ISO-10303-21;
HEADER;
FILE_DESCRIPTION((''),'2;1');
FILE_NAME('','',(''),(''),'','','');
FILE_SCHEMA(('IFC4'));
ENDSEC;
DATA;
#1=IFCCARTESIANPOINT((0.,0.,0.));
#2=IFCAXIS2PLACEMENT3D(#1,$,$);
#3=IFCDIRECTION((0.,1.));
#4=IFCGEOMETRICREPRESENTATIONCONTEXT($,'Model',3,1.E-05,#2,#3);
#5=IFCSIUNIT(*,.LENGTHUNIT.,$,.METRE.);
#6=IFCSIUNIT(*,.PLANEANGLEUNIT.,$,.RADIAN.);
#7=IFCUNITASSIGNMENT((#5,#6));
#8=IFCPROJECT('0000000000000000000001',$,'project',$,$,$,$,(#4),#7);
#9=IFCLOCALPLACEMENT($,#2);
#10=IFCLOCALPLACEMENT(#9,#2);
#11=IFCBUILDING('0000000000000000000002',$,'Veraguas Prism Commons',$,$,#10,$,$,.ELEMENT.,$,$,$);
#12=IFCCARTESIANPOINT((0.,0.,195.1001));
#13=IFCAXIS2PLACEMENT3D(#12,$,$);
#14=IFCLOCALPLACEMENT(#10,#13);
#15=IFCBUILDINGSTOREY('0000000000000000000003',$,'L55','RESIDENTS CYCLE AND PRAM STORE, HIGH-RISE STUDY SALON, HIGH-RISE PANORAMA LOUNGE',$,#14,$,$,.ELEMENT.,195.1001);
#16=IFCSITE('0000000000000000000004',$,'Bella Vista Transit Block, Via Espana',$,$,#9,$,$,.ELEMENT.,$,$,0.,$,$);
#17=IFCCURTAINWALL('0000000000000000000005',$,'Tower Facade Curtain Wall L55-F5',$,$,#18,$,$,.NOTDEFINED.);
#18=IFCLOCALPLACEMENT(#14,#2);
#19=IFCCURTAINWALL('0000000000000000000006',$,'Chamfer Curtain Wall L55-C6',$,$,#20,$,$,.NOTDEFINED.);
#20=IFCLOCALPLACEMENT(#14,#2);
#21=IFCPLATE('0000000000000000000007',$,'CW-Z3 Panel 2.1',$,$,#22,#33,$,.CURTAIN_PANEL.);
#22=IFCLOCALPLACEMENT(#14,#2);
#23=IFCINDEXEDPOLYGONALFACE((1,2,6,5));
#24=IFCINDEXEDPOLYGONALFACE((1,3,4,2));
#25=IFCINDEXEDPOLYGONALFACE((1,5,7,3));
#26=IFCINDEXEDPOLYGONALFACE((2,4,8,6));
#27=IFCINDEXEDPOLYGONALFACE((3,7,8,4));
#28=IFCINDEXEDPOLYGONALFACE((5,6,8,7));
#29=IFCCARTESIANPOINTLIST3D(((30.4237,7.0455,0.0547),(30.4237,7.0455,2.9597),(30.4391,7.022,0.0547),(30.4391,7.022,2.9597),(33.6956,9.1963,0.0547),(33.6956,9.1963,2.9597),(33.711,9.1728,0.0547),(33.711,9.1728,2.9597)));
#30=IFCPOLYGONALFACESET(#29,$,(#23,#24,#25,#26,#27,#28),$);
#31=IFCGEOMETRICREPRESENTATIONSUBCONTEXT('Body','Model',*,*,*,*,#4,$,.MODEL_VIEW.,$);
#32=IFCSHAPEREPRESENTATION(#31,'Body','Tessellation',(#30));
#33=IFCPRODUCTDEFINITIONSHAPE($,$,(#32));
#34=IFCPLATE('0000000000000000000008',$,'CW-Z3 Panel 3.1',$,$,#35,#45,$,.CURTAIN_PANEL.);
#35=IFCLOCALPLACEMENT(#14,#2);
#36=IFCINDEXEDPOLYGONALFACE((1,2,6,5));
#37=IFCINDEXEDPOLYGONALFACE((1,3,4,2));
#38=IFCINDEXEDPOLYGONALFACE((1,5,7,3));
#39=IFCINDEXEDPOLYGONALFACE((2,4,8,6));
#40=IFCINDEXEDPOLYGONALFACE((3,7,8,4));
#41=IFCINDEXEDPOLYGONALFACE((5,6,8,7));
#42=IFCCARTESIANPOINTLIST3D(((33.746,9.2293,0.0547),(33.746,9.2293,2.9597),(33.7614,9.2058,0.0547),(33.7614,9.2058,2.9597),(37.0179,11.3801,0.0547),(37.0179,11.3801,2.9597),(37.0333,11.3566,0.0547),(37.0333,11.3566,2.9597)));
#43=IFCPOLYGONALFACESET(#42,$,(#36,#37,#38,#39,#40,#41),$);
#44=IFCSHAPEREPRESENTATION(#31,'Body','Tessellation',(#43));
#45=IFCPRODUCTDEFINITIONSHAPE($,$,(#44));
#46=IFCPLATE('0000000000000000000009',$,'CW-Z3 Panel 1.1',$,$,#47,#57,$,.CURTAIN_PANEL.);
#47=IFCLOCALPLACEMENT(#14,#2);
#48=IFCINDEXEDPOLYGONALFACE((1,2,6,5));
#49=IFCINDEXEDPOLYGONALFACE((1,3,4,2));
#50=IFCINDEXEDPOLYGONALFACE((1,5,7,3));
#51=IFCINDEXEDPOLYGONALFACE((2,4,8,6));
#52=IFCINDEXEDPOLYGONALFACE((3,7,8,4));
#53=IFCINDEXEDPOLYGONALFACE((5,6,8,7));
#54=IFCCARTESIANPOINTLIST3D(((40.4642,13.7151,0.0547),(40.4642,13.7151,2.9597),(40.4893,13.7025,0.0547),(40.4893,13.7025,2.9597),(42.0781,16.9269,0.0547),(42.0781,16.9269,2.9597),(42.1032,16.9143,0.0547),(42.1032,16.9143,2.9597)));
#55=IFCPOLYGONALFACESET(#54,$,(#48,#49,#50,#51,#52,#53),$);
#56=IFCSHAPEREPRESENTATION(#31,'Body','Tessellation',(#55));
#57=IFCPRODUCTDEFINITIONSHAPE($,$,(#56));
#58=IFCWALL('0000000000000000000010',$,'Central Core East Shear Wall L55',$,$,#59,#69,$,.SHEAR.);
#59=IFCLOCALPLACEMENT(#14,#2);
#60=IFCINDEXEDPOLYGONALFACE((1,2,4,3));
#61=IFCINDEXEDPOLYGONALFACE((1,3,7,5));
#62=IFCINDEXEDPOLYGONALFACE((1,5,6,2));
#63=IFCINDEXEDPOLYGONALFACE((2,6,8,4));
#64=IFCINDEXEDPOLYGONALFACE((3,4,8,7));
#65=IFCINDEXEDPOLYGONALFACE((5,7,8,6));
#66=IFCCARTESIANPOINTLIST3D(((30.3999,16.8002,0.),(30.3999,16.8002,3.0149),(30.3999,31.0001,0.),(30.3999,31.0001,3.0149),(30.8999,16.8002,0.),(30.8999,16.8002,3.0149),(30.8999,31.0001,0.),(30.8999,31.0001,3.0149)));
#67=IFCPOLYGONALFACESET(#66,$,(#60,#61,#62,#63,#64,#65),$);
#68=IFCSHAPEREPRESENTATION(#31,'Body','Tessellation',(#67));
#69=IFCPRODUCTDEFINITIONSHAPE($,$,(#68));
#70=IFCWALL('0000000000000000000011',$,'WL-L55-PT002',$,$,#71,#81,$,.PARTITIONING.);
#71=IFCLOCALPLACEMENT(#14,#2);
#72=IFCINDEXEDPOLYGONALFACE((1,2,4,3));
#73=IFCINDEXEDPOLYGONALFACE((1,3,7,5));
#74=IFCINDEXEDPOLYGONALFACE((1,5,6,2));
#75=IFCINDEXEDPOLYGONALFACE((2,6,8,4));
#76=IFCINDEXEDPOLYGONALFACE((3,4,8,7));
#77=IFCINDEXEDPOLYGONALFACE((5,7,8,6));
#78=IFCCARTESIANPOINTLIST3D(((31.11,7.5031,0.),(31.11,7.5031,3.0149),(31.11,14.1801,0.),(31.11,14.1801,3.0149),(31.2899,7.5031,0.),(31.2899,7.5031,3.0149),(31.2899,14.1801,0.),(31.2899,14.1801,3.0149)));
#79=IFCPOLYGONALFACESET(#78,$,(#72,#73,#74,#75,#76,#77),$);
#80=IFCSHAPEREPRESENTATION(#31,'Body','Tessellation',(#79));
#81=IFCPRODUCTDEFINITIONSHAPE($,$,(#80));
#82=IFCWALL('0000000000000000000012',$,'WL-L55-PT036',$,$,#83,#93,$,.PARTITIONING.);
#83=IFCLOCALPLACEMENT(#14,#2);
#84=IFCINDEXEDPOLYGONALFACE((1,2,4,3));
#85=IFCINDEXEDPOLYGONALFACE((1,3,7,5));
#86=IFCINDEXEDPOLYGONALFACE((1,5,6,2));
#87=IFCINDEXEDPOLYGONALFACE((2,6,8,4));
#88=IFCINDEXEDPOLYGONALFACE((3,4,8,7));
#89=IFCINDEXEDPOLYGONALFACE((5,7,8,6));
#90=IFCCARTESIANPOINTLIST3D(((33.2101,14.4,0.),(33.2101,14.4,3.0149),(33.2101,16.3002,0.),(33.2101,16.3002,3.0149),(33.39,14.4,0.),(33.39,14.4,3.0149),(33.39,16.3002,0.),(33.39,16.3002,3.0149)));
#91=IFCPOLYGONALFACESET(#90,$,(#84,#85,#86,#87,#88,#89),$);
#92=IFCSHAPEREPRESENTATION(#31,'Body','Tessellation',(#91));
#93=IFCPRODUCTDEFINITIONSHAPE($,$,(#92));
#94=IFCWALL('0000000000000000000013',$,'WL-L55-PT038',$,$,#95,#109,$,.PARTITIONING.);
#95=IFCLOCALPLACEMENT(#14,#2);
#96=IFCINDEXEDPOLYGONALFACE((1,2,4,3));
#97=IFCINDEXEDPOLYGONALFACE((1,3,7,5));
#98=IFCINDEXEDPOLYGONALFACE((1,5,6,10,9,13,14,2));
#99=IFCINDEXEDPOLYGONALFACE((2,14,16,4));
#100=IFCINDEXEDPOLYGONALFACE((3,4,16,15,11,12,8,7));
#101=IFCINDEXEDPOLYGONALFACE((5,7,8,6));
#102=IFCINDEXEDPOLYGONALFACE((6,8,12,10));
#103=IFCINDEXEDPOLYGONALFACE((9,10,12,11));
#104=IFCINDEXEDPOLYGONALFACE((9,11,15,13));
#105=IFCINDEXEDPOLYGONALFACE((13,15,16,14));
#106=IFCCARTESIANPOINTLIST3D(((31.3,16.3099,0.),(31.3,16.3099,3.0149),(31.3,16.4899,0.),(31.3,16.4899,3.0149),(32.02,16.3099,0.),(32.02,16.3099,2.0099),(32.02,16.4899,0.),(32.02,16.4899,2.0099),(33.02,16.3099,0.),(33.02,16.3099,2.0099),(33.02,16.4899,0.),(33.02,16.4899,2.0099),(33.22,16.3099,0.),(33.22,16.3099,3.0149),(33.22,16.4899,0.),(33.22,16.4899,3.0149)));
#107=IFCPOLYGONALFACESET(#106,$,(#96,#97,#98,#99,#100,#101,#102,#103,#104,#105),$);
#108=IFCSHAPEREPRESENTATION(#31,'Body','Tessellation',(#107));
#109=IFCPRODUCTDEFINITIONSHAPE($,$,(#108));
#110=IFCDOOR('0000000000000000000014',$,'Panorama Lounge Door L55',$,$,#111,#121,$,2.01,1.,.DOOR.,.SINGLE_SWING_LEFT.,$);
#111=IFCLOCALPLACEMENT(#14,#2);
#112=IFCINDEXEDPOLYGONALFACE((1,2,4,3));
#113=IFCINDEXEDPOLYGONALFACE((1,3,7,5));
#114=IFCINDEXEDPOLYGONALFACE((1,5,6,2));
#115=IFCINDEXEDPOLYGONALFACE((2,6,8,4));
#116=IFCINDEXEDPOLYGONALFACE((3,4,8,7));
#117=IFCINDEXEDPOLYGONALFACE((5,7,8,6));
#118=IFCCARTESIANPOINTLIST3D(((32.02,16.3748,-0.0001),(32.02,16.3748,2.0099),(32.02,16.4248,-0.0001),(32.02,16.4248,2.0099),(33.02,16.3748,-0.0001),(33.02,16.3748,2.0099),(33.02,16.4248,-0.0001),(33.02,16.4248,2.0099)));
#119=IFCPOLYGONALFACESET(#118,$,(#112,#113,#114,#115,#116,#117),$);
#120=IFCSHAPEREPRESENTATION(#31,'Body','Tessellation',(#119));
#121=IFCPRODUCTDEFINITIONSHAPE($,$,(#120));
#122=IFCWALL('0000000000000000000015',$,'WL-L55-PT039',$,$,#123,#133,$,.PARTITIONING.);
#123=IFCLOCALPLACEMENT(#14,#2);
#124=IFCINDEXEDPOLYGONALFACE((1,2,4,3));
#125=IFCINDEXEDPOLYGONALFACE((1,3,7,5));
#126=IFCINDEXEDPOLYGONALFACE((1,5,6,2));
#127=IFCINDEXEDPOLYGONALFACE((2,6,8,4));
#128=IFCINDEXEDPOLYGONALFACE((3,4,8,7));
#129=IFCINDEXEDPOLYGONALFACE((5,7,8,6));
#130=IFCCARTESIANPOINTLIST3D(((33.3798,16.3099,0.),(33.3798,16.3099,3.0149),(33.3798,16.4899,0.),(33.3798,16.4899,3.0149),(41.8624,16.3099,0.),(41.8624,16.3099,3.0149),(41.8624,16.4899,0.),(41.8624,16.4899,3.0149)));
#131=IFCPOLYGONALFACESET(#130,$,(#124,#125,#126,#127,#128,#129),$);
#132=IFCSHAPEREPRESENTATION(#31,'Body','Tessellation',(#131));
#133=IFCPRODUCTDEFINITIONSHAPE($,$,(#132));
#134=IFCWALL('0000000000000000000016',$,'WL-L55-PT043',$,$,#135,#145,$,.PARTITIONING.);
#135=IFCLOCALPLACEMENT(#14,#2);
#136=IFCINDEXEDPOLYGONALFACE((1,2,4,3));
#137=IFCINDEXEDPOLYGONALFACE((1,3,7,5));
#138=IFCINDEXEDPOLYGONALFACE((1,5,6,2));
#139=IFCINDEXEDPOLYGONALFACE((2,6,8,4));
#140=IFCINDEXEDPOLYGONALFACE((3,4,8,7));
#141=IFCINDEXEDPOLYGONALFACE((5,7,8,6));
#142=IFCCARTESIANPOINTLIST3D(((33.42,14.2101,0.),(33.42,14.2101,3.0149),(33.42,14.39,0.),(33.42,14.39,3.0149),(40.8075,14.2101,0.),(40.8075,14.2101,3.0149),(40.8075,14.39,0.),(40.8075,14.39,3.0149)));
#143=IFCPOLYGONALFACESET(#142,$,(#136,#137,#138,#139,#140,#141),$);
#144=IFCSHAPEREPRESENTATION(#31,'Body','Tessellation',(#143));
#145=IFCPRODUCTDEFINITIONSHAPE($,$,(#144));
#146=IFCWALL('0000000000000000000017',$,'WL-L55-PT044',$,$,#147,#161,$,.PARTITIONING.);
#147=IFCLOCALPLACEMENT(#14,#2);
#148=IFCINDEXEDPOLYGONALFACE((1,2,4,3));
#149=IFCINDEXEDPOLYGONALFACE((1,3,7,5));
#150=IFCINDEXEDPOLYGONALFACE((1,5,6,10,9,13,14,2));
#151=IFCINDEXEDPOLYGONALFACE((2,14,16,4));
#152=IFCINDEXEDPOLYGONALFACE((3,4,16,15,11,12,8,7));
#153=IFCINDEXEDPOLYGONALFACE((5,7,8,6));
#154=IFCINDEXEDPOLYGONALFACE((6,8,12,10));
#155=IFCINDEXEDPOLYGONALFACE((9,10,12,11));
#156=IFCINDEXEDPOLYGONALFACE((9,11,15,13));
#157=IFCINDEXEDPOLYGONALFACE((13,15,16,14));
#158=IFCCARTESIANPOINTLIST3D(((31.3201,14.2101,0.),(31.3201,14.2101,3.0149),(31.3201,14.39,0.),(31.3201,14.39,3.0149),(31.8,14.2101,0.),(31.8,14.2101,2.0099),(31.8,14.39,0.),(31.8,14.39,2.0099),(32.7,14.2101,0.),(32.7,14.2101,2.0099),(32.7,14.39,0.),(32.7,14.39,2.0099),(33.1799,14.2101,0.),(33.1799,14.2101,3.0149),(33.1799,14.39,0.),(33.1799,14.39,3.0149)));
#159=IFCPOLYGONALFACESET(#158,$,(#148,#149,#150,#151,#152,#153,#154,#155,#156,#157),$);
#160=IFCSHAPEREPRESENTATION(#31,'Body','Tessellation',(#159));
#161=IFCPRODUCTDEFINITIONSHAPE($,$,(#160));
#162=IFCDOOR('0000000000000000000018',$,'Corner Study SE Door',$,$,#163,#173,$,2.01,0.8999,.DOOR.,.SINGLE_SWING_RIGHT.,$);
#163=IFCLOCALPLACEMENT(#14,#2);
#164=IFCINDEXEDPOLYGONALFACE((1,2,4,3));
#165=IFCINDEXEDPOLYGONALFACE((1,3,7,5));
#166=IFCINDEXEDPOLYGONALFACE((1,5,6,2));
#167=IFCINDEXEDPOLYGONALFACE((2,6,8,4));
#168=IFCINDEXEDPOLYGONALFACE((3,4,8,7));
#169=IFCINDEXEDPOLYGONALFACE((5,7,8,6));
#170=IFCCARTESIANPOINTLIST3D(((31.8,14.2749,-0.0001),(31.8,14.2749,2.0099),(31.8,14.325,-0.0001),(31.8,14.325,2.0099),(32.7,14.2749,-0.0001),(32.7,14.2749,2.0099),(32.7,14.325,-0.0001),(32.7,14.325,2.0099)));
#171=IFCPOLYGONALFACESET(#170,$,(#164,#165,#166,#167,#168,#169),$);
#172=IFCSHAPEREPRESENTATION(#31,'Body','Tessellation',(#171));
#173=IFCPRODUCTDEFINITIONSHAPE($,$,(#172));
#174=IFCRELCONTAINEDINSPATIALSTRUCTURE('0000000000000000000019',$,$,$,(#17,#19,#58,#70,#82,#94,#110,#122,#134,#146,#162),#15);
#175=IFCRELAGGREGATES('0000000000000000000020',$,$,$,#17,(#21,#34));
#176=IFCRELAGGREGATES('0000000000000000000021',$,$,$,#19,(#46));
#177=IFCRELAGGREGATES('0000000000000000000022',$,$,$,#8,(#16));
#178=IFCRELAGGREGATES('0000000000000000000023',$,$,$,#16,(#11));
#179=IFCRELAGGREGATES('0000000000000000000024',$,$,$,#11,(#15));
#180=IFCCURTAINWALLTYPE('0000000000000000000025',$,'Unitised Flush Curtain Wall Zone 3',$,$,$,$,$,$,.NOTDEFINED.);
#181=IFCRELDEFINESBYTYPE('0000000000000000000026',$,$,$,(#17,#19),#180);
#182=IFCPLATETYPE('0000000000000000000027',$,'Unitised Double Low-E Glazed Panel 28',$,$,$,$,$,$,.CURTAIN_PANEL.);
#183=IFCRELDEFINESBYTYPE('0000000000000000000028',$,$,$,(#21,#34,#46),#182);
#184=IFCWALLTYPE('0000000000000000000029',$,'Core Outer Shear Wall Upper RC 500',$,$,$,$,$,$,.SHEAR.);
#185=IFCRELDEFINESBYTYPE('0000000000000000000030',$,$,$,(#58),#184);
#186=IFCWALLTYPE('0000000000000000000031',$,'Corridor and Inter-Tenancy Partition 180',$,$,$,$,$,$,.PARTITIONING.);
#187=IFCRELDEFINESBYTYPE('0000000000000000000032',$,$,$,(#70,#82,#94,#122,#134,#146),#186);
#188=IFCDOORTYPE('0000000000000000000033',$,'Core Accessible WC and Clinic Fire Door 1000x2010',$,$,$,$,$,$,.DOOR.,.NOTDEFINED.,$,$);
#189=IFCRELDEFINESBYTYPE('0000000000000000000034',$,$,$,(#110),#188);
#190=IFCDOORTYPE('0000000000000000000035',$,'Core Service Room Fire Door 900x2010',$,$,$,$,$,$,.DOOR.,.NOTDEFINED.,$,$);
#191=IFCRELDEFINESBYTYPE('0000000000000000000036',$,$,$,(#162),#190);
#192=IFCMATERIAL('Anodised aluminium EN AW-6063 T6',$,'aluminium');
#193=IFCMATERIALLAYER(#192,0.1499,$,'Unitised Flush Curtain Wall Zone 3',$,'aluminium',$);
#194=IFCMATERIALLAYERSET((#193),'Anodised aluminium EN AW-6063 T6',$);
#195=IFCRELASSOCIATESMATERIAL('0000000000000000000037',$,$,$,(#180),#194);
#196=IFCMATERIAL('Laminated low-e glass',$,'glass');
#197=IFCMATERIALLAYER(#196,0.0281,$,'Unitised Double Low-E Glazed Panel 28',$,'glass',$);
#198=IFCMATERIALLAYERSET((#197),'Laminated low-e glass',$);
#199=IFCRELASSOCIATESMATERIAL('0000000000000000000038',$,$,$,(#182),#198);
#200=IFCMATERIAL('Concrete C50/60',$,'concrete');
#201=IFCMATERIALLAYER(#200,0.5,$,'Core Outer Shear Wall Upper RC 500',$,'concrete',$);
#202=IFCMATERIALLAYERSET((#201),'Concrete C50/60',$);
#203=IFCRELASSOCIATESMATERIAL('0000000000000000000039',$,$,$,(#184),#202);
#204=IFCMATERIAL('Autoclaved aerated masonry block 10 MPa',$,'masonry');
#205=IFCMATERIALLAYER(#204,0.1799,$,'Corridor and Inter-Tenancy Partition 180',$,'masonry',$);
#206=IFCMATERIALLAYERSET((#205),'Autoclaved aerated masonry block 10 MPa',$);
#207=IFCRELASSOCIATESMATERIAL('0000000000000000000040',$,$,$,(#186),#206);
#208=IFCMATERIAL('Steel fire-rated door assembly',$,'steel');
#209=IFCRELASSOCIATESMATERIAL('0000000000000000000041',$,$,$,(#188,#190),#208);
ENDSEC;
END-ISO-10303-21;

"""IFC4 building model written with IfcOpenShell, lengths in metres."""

from ifc_helpers import new_model, si_unit, direction, frame, frame_2d, origin, origin_2d, place, context, subcontext, project, spatial, rectangle, extrude, source, transform, mapped, material, layer, layer_set, type_object, element, fill, aggregate, save


model = new_model("IFC4")

# Units and contexts
model_context = context("Model", 3, precision=1e-05, world=origin(), true_north=direction((0.0, 1.0)))
body_context = subcontext(model_context, "Body", "Model", "MODEL_VIEW")
ifc_project = project(units=[si_unit("LENGTHUNIT", "METRE"), si_unit("PLANEANGLEUNIT", "RADIAN")], contexts=[model_context])

# Site, building, storey
site_placement = place(None, origin())
site = spatial("IfcSite", under=ifc_project, at=site_placement, Name="Bella Vista Transit Block, Via Espana", CompositionType="ELEMENT", RefElevation=0.0)
building_placement = place(site_placement, origin())
building = spatial("IfcBuilding", under=site, at=building_placement, Name="Veraguas Prism Commons", CompositionType="ELEMENT")
storey_placement = place(building_placement, frame((0.0, 0.0, 195.1001)))
storey = spatial("IfcBuildingStorey", under=building, at=storey_placement, Name="L55", Description="RESIDENTS CYCLE AND PRAM STORE, HIGH-RISE STUDY SALON, HIGH-RISE PANORAMA LOUNGE", CompositionType="ELEMENT", Elevation=195.1001)

# Shared definitions
ifc_material_1 = material(Name="Concrete C50/60", Category="concrete")

# Curtain walls
ifc_material_2 = material(Name="Anodised aluminium EN AW-6063 T6", Category="aluminium")
ifc_layer_1 = layer(ifc_material_2, 0.1499, Name="Unitised Flush Curtain Wall Zone 3", Category="aluminium")
ifc_layer_set_1 = layer_set([ifc_layer_1], Name="Anodised aluminium EN AW-6063 T6")
curtain_wall_type = type_object("IfcCurtainWallType", Name="Unitised Flush Curtain Wall Zone 3", PredefinedType="NOTDEFINED", material=ifc_layer_set_1)
curtain_wall_1_placement = place(storey_placement, origin())
curtain_wall_1 = element("IfcCurtainWall", 1, at=curtain_wall_1_placement, inside=storey, type_object=curtain_wall_type, Name="Tower Facade Curtain Wall L55-F5", PredefinedType="NOTDEFINED")
curtain_wall_2_placement = place(storey_placement, origin())
curtain_wall_2 = element("IfcCurtainWall", 2, at=curtain_wall_2_placement, inside=storey, type_object=curtain_wall_type, Name="Chamfer Curtain Wall L55-C6", PredefinedType="NOTDEFINED")

# Plates
ifc_material_3 = material(Name="Laminated low-e glass", Category="glass")
ifc_layer_2 = layer(ifc_material_3, 0.0281, Name="Unitised Double Low-E Glazed Panel 28", Category="glass")
ifc_layer_set_2 = layer_set([ifc_layer_2], Name="Laminated low-e glass")
plate_type = type_object("IfcPlateType", Name="Unitised Double Low-E Glazed Panel 28", PredefinedType="CURTAIN_PANEL", material=ifc_layer_set_2)
shared_shape_1 = source(origin(), body_context, "Body", "SweptSolid", [
    extrude(rectangle(XDim=3.9155, YDim=0.0281, at=origin_2d()), origin(), (0.0, 0.0, 1.0), 2.905),
])
plate_1_placement = place(storey_placement, frame((32.0674, 8.1091, 0.0547), z_axis=(0.0, 0.0, 1.0), x_axis=(0.835621, 0.549306, 0.0)))
plate_1 = element("IfcPlate", 3, at=plate_1_placement, type_object=plate_type, Name="CW-Z3 Panel 2.1", PredefinedType="CURTAIN_PANEL", context=body_context, shape_type="MappedRepresentation", body=[
    mapped(shared_shape_1, transform((0.0, 0.0, 0.0), scale=1.0)),
])
plate_2_placement = place(storey_placement, frame((35.3896, 10.293, 0.0547), z_axis=(0.0, 0.0, 1.0), x_axis=(0.835621, 0.549306, 0.0)))
plate_2 = element("IfcPlate", 4, at=plate_2_placement, type_object=plate_type, Name="CW-Z3 Panel 3.1", PredefinedType="CURTAIN_PANEL", context=body_context, shape_type="MappedRepresentation", body=[
    mapped(shared_shape_1, transform((0.0, 0.0, 0.0), scale=1.0)),
])
aggregate(curtain_wall_1, [plate_1, plate_2])
shared_shape_2 = source(origin(), body_context, "Body", "SweptSolid", [
    extrude(rectangle(XDim=3.5945, YDim=0.0281, at=origin_2d()), origin(), (0.0, 0.0, 1.0), 2.905),
])
plate_3_placement = place(storey_placement, frame((41.2837, 15.3147, 0.0547), z_axis=(0.0, 0.0, 1.0), x_axis=(0.449001, 0.893531, 0.0)))
plate_3 = element("IfcPlate", 5, at=plate_3_placement, type_object=plate_type, Name="CW-Z3 Panel 1.1", PredefinedType="CURTAIN_PANEL", context=body_context, shape_type="MappedRepresentation", body=[
    mapped(shared_shape_2, transform((0.0, 0.0, 0.0), scale=1.0)),
])
aggregate(curtain_wall_2, [plate_3])

# Walls
ifc_layer_3 = layer(ifc_material_1, 0.5, Name="Core Outer Shear Wall Upper RC 500", Category="concrete")
ifc_layer_set_3 = layer_set([ifc_layer_3], Name="Concrete C50/60")
wall_type_1 = type_object("IfcWallType", Name="Core Outer Shear Wall Upper RC 500", PredefinedType="SHEAR", material=ifc_layer_set_3)
wall_1_placement = place(storey_placement, frame((30.6499, 16.8, 0.0), z_axis=(0.0, 0.0, 1.0), x_axis=(0.0, 1.0, 0.0)))
element("IfcWall", 6, at=wall_1_placement, inside=storey, type_object=wall_type_1, Name="Central Core East Shear Wall L55", PredefinedType="SHEAR", context=body_context, shape_type="SweptSolid", body=[
    extrude(rectangle(XDim=14.2, YDim=0.5, at=frame_2d((7.1001, 0.0))), origin(), (0.0, 0.0, 1.0), 3.0149),
])
ifc_material_4 = material(Name="Autoclaved aerated masonry block 10 MPa", Category="masonry")
ifc_layer_4 = layer(ifc_material_4, 0.1799, Name="Corridor and Inter-Tenancy Partition 180", Category="masonry")
ifc_layer_set_4 = layer_set([ifc_layer_4], Name="Autoclaved aerated masonry block 10 MPa")
wall_type_2 = type_object("IfcWallType", Name="Corridor and Inter-Tenancy Partition 180", PredefinedType="PARTITIONING", material=ifc_layer_set_4)
wall_2_placement = place(storey_placement, frame((31.2, 14.1799, 0.0), z_axis=(0.0, 0.0, 1.0), x_axis=(0.0, -1.0, 0.0)))
element("IfcWall", 7, at=wall_2_placement, inside=storey, type_object=wall_type_2, Name="WL-L55-PT002", PredefinedType="PARTITIONING", context=body_context, shape_type="SweptSolid", body=[
    extrude(rectangle(XDim=6.677, YDim=0.1799, at=frame_2d((3.3384, 0.0))), origin(), (0.0, 0.0, 1.0), 3.0149),
])
wall_3_placement = place(storey_placement, frame((33.3, 14.3999, 0.0), z_axis=(0.0, 0.0, 1.0), x_axis=(0.0, 1.0, 0.0)))
element("IfcWall", 8, at=wall_3_placement, inside=storey, type_object=wall_type_2, Name="WL-L55-PT036", PredefinedType="PARTITIONING", context=body_context, shape_type="SweptSolid", body=[
    extrude(rectangle(XDim=1.9001, YDim=0.1799, at=frame_2d((0.9502, 0.0))), origin(), (0.0, 0.0, 1.0), 3.0149),
])

# Wall, opening, door
wall_4_placement = place(storey_placement, frame((31.3, 16.3999, 0.0), z_axis=(0.0, 0.0, 1.0), x_axis=(1.0, 0.0, 0.0)))
wall_4 = element("IfcWall", 9, at=wall_4_placement, inside=storey, type_object=wall_type_2, Name="WL-L55-PT038", PredefinedType="PARTITIONING", context=body_context, shape_type="SweptSolid", body=[
    extrude(rectangle(XDim=1.9199, YDim=0.1799, at=frame_2d((0.96, 0.0))), origin(), (0.0, 0.0, 1.0), 3.0149),
])
opening_1_placement = place(wall_4_placement, frame((0.72, 0.0, 0.0)))
opening_1 = element("IfcOpeningElement", 10, at=opening_1_placement, cuts=wall_4, PredefinedType="OPENING", context=body_context, shape_type="SweptSolid", body=[
    extrude(rectangle(XDim=1.0, YDim=2.01, at=frame_2d((0.5, 1.0049))), frame((0.0, 0.0999, 0.0), z_axis=(0.0, -1.0, 0.0), x_axis=(1.0, 0.0, 0.0)), (0.0, 0.0, 1.0), 0.2),
])
ifc_material_5 = material(Name="Steel fire-rated door assembly", Category="steel")
door_type_1 = type_object("IfcDoorType", Name="Core Accessible WC and Clinic Fire Door 1000x2010", OperationType="NOTDEFINED", PredefinedType="DOOR", material=ifc_material_5)
shared_shape_3 = source(origin(), body_context, "Body", "SweptSolid", [
    extrude(rectangle(XDim=1.0, YDim=2.01, at=frame_2d((0.5, 1.0049))), frame((0.0, 0.0249, 0.0), z_axis=(0.0, -1.0, 0.0), x_axis=(1.0, 0.0, 0.0)), (0.0, 0.0, 1.0), 0.05),
])
door_1_placement = place(opening_1_placement, origin())
door_1 = element("IfcDoor", 11, at=door_1_placement, inside=storey, type_object=door_type_1, Name="Panorama Lounge Door L55", OperationType="SINGLE_SWING_LEFT", OverallHeight=2.01, OverallWidth=1.0, PredefinedType="DOOR", context=body_context, shape_type="MappedRepresentation", body=[
    mapped(shared_shape_3, transform((0.0, 0.0, 0.0), scale=1.0)),
])
fill(opening_1, door_1)

# Walls
wall_5_placement = place(storey_placement, frame((33.3799, 16.3999, 0.0), z_axis=(0.0, 0.0, 1.0), x_axis=(1.0, 0.0, 0.0)))
element("IfcWall", 12, at=wall_5_placement, inside=storey, type_object=wall_type_2, Name="WL-L55-PT039", PredefinedType="PARTITIONING", context=body_context, shape_type="SweptSolid", body=[
    extrude(rectangle(XDim=8.4827, YDim=0.1799, at=frame_2d((4.2412, 0.0))), origin(), (0.0, 0.0, 1.0), 3.0149),
])
wall_6_placement = place(storey_placement, frame((33.4199, 14.3, 0.0), z_axis=(0.0, 0.0, 1.0), x_axis=(1.0, 0.0, 0.0)))
element("IfcWall", 13, at=wall_6_placement, inside=storey, type_object=wall_type_2, Name="WL-L55-PT043", PredefinedType="PARTITIONING", context=body_context, shape_type="SweptSolid", body=[
    extrude(rectangle(XDim=7.3875, YDim=0.1799, at=frame_2d((3.6938, 0.0))), origin(), (0.0, 0.0, 1.0), 3.0149),
])

# Wall, opening, door
wall_7_placement = place(storey_placement, frame((31.3201, 14.3, 0.0), z_axis=(0.0, 0.0, 1.0), x_axis=(1.0, 0.0, 0.0)))
wall_7 = element("IfcWall", 14, at=wall_7_placement, inside=storey, type_object=wall_type_2, Name="WL-L55-PT044", PredefinedType="PARTITIONING", context=body_context, shape_type="SweptSolid", body=[
    extrude(rectangle(XDim=1.8599, YDim=0.1799, at=frame_2d((0.9299, 0.0))), origin(), (0.0, 0.0, 1.0), 3.0149),
])
opening_2_placement = place(wall_7_placement, frame((0.48, 0.0, 0.0)))
opening_2 = element("IfcOpeningElement", 15, at=opening_2_placement, cuts=wall_7, PredefinedType="OPENING", context=body_context, shape_type="SweptSolid", body=[
    extrude(rectangle(XDim=0.8999, YDim=2.01, at=frame_2d((0.45, 1.0049))), frame((0.0, 0.0999, 0.0), z_axis=(0.0, -1.0, 0.0), x_axis=(1.0, 0.0, 0.0)), (0.0, 0.0, 1.0), 0.2),
])
door_type_2 = type_object("IfcDoorType", Name="Core Service Room Fire Door 900x2010", OperationType="NOTDEFINED", PredefinedType="DOOR", material=ifc_material_5)
shared_shape_4 = source(origin(), body_context, "Body", "SweptSolid", [
    extrude(rectangle(XDim=0.8999, YDim=2.01, at=frame_2d((0.45, 1.0049))), frame((0.0, 0.0249, 0.0), z_axis=(0.0, -1.0, 0.0), x_axis=(1.0, 0.0, 0.0)), (0.0, 0.0, 1.0), 0.05),
])
door_2_placement = place(opening_2_placement, origin())
door_2 = element("IfcDoor", 16, at=door_2_placement, inside=storey, type_object=door_type_2, Name="Corner Study SE Door", OperationType="SINGLE_SWING_RIGHT", OverallHeight=2.01, OverallWidth=0.8999, PredefinedType="DOOR", context=body_context, shape_type="MappedRepresentation", body=[
    mapped(shared_shape_4, transform((0.0, 0.0, 0.0), scale=1.0)),
])
fill(opening_2, door_2)

save(model, "model.ifc")
